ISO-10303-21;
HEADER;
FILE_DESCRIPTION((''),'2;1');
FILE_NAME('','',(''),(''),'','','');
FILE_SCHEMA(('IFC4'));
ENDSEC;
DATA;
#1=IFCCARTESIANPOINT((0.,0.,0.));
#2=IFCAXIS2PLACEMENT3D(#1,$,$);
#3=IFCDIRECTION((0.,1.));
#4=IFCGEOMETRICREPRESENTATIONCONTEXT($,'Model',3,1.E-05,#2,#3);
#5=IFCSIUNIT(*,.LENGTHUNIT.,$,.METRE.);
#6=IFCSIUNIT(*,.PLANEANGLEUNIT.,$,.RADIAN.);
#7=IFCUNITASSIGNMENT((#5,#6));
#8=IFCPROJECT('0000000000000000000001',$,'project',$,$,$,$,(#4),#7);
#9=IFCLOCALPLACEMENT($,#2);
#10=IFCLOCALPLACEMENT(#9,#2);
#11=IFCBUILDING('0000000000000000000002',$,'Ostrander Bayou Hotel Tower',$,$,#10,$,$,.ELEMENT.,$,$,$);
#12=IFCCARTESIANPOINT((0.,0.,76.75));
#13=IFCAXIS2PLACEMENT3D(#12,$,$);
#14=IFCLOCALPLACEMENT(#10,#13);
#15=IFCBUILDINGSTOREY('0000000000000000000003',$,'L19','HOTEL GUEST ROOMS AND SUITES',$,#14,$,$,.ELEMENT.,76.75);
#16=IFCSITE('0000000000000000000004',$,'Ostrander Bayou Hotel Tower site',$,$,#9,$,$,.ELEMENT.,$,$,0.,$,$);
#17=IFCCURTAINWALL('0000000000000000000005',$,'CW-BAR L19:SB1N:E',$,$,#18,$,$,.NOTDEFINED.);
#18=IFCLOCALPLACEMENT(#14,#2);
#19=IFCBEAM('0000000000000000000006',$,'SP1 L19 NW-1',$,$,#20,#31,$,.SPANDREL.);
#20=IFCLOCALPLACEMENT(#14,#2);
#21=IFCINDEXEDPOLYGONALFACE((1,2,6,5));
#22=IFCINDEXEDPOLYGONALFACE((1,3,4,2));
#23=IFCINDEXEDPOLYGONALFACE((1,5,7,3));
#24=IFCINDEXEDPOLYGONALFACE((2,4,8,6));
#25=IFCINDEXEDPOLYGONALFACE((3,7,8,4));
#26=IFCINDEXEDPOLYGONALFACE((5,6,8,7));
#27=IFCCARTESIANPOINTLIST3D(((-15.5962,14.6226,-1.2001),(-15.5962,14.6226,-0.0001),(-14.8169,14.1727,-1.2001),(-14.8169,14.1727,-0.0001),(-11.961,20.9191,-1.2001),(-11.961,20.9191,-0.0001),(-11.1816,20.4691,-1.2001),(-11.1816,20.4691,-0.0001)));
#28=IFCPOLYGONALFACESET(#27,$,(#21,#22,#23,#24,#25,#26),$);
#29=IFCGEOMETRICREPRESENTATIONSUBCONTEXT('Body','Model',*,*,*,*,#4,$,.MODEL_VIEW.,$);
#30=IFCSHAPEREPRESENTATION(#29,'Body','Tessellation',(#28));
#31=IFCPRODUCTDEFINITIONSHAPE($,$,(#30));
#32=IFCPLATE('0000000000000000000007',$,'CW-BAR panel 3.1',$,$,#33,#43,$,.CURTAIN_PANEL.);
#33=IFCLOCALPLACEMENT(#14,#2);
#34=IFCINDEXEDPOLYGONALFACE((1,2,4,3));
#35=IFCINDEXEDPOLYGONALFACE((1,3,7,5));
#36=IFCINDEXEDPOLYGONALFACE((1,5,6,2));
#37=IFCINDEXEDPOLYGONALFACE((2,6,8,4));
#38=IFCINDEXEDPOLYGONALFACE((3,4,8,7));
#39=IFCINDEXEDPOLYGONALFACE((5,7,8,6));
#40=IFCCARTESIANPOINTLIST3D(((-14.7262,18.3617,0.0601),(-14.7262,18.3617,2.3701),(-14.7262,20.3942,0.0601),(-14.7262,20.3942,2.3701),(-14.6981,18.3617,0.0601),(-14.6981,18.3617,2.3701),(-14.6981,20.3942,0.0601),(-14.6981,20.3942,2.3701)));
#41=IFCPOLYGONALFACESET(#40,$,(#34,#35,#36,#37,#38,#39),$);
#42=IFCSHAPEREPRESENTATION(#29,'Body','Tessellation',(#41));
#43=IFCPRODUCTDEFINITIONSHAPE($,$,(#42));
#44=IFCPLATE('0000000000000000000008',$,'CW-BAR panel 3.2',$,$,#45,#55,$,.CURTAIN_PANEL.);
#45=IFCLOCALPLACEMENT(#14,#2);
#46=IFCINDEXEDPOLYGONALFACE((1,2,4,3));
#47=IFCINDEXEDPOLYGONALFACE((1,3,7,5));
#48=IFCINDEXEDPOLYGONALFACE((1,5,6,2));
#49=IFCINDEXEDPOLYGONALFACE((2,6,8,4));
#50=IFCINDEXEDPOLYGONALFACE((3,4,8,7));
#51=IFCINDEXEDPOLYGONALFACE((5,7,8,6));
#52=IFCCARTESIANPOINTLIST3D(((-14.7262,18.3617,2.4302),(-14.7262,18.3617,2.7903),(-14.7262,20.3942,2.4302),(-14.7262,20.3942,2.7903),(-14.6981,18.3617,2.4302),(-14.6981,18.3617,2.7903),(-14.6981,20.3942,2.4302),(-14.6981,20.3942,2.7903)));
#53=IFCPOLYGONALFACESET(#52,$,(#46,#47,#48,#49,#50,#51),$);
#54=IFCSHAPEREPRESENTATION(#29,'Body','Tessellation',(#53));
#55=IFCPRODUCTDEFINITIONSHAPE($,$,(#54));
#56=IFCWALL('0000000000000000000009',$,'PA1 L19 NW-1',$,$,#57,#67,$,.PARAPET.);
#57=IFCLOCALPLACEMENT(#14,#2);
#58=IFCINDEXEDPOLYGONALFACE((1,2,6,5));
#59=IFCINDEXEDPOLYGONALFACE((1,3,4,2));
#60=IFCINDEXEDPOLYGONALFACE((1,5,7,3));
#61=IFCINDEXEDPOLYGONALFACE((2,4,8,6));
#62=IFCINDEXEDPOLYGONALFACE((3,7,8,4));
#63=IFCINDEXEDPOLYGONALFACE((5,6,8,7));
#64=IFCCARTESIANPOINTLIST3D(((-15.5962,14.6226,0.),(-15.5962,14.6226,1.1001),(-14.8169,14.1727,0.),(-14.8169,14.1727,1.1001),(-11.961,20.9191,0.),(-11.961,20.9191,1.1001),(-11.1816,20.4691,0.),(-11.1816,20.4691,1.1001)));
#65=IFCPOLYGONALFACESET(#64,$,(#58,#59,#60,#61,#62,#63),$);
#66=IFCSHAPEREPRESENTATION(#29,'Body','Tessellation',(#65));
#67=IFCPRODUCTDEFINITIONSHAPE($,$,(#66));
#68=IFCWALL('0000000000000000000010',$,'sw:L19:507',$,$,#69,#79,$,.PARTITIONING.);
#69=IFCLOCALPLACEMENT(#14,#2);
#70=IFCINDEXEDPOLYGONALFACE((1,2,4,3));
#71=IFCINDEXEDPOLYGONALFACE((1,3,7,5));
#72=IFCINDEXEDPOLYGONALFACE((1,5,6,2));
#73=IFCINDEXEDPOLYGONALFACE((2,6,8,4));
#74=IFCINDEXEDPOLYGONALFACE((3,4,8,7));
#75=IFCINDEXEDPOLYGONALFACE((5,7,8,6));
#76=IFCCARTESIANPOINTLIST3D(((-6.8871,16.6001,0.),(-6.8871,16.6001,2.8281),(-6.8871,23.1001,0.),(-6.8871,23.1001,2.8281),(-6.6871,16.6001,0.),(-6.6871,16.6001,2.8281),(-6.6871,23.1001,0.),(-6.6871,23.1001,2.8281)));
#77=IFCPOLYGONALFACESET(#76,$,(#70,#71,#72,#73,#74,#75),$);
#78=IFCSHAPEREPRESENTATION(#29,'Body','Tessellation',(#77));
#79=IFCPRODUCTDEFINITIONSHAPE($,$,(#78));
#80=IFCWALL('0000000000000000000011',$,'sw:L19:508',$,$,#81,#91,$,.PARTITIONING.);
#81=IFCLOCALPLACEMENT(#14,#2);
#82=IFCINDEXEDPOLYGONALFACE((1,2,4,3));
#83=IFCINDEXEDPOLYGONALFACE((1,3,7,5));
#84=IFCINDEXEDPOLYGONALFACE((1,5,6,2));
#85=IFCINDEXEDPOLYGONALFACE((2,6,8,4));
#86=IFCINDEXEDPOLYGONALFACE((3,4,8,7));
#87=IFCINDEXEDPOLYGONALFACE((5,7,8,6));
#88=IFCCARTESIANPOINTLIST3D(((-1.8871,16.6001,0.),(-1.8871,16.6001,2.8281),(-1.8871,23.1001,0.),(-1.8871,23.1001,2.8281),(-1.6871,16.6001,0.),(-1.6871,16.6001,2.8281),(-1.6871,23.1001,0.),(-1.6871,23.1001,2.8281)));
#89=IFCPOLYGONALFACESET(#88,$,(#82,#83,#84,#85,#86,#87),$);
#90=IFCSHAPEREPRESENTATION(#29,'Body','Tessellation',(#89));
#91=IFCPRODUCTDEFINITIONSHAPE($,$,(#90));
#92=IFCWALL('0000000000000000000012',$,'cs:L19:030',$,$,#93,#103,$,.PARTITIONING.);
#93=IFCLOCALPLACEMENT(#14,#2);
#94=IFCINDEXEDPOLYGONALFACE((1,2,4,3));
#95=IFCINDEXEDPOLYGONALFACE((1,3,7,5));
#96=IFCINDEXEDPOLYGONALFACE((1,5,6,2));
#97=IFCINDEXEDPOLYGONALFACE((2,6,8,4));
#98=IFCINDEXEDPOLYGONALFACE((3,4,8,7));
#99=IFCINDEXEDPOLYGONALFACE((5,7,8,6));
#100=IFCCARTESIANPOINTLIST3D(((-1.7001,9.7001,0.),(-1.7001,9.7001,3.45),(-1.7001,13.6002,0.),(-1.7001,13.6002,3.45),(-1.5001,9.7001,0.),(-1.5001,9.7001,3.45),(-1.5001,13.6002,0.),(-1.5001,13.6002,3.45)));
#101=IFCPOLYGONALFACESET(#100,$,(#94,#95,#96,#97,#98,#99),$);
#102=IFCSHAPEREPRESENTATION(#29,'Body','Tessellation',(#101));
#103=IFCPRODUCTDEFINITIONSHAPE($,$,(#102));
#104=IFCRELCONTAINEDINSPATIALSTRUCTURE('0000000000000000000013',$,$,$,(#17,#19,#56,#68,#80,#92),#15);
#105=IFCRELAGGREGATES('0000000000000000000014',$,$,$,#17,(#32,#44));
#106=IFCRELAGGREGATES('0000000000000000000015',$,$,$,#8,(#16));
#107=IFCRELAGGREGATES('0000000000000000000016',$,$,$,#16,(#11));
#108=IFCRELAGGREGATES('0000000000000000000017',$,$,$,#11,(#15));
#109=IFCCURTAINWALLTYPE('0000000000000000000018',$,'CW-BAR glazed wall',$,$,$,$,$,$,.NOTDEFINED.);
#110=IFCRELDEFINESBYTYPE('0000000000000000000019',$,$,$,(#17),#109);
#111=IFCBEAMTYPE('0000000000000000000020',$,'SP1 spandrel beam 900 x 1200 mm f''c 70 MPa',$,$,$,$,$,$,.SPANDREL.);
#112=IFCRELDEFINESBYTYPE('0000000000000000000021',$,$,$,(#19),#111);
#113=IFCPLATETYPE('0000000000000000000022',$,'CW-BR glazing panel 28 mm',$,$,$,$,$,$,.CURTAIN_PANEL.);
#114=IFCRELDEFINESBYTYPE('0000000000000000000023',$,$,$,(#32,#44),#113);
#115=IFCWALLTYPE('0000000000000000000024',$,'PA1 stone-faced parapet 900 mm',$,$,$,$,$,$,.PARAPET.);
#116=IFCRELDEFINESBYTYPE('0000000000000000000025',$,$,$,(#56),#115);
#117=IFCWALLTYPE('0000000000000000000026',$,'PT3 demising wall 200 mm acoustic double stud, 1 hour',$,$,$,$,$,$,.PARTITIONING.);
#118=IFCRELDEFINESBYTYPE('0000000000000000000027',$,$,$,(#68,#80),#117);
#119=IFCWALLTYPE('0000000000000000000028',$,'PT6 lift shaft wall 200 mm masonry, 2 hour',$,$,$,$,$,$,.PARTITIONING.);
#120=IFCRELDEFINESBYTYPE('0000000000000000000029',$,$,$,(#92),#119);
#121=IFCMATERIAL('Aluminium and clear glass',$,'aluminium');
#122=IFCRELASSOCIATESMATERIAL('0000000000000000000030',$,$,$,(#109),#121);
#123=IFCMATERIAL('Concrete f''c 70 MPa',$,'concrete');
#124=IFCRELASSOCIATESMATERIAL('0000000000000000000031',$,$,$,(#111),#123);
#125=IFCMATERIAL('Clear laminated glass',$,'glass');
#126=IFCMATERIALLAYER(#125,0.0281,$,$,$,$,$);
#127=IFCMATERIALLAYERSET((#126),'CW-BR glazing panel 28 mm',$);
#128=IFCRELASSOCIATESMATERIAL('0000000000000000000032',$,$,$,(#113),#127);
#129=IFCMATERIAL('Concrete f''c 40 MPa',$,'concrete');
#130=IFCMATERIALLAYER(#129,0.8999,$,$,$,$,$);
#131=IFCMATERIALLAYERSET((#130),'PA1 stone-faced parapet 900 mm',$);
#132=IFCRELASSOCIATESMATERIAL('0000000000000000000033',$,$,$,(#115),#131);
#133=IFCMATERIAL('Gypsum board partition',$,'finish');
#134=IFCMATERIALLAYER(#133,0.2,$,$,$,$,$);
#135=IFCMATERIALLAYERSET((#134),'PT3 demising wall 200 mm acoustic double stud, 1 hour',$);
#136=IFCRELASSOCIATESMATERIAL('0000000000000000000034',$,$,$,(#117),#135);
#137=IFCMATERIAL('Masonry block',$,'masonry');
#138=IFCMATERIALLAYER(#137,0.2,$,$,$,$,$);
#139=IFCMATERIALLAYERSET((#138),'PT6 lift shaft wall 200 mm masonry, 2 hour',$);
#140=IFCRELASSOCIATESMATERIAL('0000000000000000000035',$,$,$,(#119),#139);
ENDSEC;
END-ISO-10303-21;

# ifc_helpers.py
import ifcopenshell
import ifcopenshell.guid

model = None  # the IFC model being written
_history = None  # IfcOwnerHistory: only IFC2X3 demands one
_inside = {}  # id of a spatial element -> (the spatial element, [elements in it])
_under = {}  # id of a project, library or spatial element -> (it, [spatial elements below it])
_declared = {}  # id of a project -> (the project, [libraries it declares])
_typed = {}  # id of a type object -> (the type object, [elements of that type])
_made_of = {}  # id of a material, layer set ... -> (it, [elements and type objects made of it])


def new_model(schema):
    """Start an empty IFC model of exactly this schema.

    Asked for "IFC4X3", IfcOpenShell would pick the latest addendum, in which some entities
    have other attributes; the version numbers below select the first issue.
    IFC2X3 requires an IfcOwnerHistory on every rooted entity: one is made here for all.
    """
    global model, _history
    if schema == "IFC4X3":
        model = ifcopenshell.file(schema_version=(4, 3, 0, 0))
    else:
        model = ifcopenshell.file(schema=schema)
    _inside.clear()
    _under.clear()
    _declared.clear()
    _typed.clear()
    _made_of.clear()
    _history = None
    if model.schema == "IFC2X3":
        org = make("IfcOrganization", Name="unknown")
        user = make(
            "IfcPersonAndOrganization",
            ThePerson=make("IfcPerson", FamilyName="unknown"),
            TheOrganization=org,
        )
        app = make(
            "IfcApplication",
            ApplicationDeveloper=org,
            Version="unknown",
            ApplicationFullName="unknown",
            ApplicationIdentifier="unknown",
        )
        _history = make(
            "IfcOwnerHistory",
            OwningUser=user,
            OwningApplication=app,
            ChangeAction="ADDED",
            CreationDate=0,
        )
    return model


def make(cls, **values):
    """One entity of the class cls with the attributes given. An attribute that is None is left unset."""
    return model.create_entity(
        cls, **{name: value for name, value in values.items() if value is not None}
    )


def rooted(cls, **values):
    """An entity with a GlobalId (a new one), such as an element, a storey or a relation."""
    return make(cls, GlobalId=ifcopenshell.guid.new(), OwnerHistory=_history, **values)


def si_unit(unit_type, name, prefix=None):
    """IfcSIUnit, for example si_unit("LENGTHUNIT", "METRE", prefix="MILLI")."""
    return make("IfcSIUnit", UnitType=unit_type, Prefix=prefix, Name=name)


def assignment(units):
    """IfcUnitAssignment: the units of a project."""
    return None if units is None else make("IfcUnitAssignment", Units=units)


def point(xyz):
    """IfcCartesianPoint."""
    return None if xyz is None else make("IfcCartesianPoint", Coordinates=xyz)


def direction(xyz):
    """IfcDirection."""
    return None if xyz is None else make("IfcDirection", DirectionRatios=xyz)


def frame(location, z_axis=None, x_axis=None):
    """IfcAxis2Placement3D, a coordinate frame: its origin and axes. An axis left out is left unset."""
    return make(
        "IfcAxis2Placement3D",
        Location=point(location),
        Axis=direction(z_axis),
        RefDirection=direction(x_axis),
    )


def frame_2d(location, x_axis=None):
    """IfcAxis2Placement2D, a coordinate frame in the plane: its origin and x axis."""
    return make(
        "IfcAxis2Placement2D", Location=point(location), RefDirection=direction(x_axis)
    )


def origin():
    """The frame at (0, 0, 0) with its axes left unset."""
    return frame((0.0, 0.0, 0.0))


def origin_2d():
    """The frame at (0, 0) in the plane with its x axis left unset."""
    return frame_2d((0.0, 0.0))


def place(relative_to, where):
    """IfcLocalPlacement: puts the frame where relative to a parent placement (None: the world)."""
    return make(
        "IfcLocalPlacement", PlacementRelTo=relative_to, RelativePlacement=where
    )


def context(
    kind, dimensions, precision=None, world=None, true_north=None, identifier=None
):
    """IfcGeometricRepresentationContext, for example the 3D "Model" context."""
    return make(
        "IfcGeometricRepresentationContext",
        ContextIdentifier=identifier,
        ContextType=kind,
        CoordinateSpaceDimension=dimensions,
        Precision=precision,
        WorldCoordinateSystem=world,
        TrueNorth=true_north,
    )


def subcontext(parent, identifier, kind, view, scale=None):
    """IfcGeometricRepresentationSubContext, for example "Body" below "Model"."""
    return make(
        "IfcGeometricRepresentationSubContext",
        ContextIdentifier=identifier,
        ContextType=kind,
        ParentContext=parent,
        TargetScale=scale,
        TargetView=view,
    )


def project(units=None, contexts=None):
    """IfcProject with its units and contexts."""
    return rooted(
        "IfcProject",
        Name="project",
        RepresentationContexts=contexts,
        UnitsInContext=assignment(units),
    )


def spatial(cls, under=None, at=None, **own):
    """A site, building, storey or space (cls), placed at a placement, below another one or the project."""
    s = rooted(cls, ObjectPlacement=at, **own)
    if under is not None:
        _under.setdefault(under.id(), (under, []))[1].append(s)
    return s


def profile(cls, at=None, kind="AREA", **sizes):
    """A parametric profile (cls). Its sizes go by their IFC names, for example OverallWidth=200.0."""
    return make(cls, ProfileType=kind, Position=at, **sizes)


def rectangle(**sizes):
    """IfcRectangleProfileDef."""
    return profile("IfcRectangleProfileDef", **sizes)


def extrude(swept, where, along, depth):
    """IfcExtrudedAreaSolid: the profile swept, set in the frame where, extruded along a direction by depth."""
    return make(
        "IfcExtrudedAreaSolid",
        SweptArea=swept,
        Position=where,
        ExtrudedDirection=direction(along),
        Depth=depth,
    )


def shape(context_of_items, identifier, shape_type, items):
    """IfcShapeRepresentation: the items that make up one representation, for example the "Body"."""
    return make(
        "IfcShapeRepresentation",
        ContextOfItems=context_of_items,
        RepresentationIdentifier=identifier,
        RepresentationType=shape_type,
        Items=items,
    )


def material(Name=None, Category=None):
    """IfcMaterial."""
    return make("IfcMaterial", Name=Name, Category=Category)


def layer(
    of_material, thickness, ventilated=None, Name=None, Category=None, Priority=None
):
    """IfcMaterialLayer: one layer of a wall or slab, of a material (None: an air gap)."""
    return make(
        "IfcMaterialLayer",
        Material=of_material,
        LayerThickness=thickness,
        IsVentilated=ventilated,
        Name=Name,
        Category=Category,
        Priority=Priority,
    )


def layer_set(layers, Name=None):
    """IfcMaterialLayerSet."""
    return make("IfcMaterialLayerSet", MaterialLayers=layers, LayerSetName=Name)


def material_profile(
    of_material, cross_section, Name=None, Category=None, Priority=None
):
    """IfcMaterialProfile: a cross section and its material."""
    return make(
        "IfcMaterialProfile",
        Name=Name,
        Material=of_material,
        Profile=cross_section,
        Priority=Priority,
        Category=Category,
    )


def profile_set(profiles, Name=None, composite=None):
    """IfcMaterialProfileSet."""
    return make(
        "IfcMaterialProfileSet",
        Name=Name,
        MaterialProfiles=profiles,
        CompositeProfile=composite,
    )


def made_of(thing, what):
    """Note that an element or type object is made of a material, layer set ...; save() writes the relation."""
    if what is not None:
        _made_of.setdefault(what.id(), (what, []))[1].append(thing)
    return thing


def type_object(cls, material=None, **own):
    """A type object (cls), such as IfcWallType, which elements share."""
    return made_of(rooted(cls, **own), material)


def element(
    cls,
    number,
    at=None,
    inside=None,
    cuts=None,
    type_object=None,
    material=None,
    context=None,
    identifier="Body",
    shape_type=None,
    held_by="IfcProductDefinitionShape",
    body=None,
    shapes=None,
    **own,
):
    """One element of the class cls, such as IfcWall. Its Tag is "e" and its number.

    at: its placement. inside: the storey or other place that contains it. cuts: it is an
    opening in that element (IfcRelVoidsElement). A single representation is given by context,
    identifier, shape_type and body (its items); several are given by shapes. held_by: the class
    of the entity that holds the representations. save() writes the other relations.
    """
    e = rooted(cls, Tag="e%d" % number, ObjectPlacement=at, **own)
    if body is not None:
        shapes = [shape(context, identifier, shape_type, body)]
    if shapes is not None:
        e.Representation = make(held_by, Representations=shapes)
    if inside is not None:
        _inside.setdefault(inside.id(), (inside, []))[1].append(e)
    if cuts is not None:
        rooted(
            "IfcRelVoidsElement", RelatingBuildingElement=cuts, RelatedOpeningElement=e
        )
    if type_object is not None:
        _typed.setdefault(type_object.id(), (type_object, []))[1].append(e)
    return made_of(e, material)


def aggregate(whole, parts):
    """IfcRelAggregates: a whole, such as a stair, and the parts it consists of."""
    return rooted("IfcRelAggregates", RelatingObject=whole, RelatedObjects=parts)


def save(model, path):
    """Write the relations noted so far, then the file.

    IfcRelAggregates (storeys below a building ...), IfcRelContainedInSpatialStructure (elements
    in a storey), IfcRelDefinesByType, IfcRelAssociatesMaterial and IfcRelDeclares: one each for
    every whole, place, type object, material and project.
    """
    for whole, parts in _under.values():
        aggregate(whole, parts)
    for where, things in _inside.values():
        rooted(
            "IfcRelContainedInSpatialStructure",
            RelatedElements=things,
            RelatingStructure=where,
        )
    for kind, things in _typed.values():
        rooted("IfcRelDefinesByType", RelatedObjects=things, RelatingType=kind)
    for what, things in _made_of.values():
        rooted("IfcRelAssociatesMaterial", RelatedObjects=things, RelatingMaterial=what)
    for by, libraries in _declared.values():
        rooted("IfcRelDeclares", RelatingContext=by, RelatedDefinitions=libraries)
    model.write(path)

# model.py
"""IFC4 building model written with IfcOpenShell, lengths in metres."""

from ifc_helpers import new_model, si_unit, direction, frame, frame_2d, origin, origin_2d, place, context, subcontext, project, spatial, rectangle, extrude, material, layer, layer_set, material_profile, profile_set, type_object, element, aggregate, save


model = new_model("IFC4")

# Units and contexts
model_context = context("Model", 3, precision=1e-05, world=origin(), true_north=direction((0.0, 1.0)))
body_context = subcontext(model_context, "Body", "Model", "MODEL_VIEW")
ifc_project = project(units=[si_unit("LENGTHUNIT", "METRE"), si_unit("PLANEANGLEUNIT", "RADIAN")], contexts=[model_context])

# Site, building, storey
site_placement = place(None, origin())
site = spatial("IfcSite", under=ifc_project, at=site_placement, Name="Ostrander Bayou Hotel Tower site", CompositionType="ELEMENT", RefElevation=0.0)
building_placement = place(site_placement, origin())
building = spatial("IfcBuilding", under=site, at=building_placement, Name="Ostrander Bayou Hotel Tower", CompositionType="ELEMENT")
storey_placement = place(building_placement, frame((0.0, 0.0, 76.75)))
storey = spatial("IfcBuildingStorey", under=building, at=storey_placement, Name="L19", Description="HOTEL GUEST ROOMS AND SUITES", CompositionType="ELEMENT", Elevation=76.75)

# Curtain wall
ifc_material_1 = material(Name="Aluminium and clear glass", Category="aluminium")
curtain_wall_type = type_object("IfcCurtainWallType", Name="CW-BAR glazed wall", PredefinedType="NOTDEFINED", material=ifc_material_1)
curtain_wall_placement = place(storey_placement, origin())
curtain_wall = element("IfcCurtainWall", 1, at=curtain_wall_placement, inside=storey, type_object=curtain_wall_type, Name="CW-BAR L19:SB1N:E", PredefinedType="NOTDEFINED")

# Beam
ifc_material_2 = material(Name="Concrete f'c 70 MPa", Category="concrete")
ifc_material_profile_1 = material_profile(ifc_material_2, rectangle(XDim=0.8999, YDim=1.2, at=origin_2d()))
ifc_profile_set_1 = profile_set([ifc_material_profile_1], Name="Concrete f'c 70 MPa")
beam_type = type_object("IfcBeamType", Name="SP1 spandrel beam 900 x 1200 mm f'c 70 MPa", PredefinedType="SPANDREL", material=ifc_profile_set_1)
beam_placement = place(storey_placement, frame((-11.5713, 20.6941, -0.6001), z_axis=(-0.500003, -0.866023, 0.0), x_axis=(0.866023, -0.500003, 0.0)))
element("IfcBeam", 2, at=beam_placement, inside=storey, type_object=beam_type, Name="SP1 L19 NW-1", PredefinedType="SPANDREL", context=body_context, shape_type="SweptSolid", body=[
    extrude(rectangle(XDim=0.8999, YDim=1.2, at=origin_2d()), origin(), (0.0, 0.0, 1.0), 7.2705),
])

# Plates
ifc_material_3 = material(Name="Clear laminated glass", Category="glass")
ifc_layer_1 = layer(ifc_material_3, 0.0281)
ifc_layer_set_1 = layer_set([ifc_layer_1], Name="CW-BR glazing panel 28 mm")
plate_type = type_object("IfcPlateType", Name="CW-BR glazing panel 28 mm", PredefinedType="CURTAIN_PANEL", material=ifc_layer_set_1)
plate_1_placement = place(storey_placement, frame((-14.7122, 19.3779, 0.0601), z_axis=(0.0, 0.0, 1.0), x_axis=(0.0, 1.0, 0.0)))
plate_1 = element("IfcPlate", 3, at=plate_1_placement, type_object=plate_type, Name="CW-BAR panel 3.1", PredefinedType="CURTAIN_PANEL", context=body_context, shape_type="SweptSolid", body=[
    extrude(rectangle(XDim=2.0325, YDim=0.0281, at=origin_2d()), origin(), (0.0, 0.0, 1.0), 2.3101),
])
plate_2_placement = place(storey_placement, frame((-14.7122, 19.3779, 2.4302), z_axis=(0.0, 0.0, 1.0), x_axis=(0.0, 1.0, 0.0)))
plate_2 = element("IfcPlate", 4, at=plate_2_placement, type_object=plate_type, Name="CW-BAR panel 3.2", PredefinedType="CURTAIN_PANEL", context=body_context, shape_type="SweptSolid", body=[
    extrude(rectangle(XDim=2.0325, YDim=0.0281, at=origin_2d()), origin(), (0.0, 0.0, 1.0), 0.3601),
])
aggregate(curtain_wall, [plate_1, plate_2])

# Walls
ifc_material_4 = material(Name="Concrete f'c 40 MPa", Category="concrete")
ifc_layer_2 = layer(ifc_material_4, 0.8999)
ifc_layer_set_2 = layer_set([ifc_layer_2], Name="PA1 stone-faced parapet 900 mm")
wall_type_1 = type_object("IfcWallType", Name="PA1 stone-faced parapet 900 mm", PredefinedType="PARAPET", material=ifc_layer_set_2)
wall_1_placement = place(storey_placement, frame((-11.5713, 20.6941, 0.0), z_axis=(0.0, 0.0, 1.0), x_axis=(-0.500003, -0.866023, 0.0)))
element("IfcWall", 5, at=wall_1_placement, inside=storey, type_object=wall_type_1, Name="PA1 L19 NW-1", PredefinedType="PARAPET", context=body_context, shape_type="SweptSolid", body=[
    extrude(rectangle(XDim=7.2705, YDim=0.8999, at=frame_2d((3.6353, 0.0))), origin(), (0.0, 0.0, 1.0), 1.1001),
])
ifc_material_5 = material(Name="Gypsum board partition", Category="finish")
ifc_layer_3 = layer(ifc_material_5, 0.2)
ifc_layer_set_3 = layer_set([ifc_layer_3], Name="PT3 demising wall 200 mm acoustic double stud, 1 hour")
wall_type_2 = type_object("IfcWallType", Name="PT3 demising wall 200 mm acoustic double stud, 1 hour", PredefinedType="PARTITIONING", material=ifc_layer_set_3)
for number, where, z_axis, x_axis, name in (
    (6, (-6.7871, 16.6001, 0.0), (0.0, 0.0, 1.0), (0.0, 1.0, 0.0), "sw:L19:507"),
    (7, (-1.7871, 16.6001, 0.0), (0.0, 0.0, 1.0), (0.0, 1.0, 0.0), "sw:L19:508"),
):
    element("IfcWall", number, at=place(storey_placement, frame(where, z_axis=z_axis, x_axis=x_axis)), inside=storey, type_object=wall_type_2, Name=name, PredefinedType="PARTITIONING", context=body_context, shape_type="SweptSolid", body=[
        extrude(rectangle(XDim=6.5, YDim=0.2, at=frame_2d((3.25, 0.0))), origin(), (0.0, 0.0, 1.0), 2.8281),
    ])

# Wall
ifc_material_6 = material(Name="Masonry block", Category="masonry")
ifc_layer_4 = layer(ifc_material_6, 0.2)
ifc_layer_set_4 = layer_set([ifc_layer_4], Name="PT6 lift shaft wall 200 mm masonry, 2 hour")
wall_type_3 = type_object("IfcWallType", Name="PT6 lift shaft wall 200 mm masonry, 2 hour", PredefinedType="PARTITIONING", material=ifc_layer_set_4)
wall_2_placement = place(storey_placement, frame((-1.6001, 9.7, 0.0), z_axis=(0.0, 0.0, 1.0), x_axis=(0.0, 1.0, 0.0)))
element("IfcWall", 8, at=wall_2_placement, inside=storey, type_object=wall_type_3, Name="cs:L19:030", PredefinedType="PARTITIONING", context=body_context, shape_type="SweptSolid", body=[
    extrude(rectangle(XDim=3.9001, YDim=0.2, at=frame_2d((1.9502, 0.0))), origin(), (0.0, 0.0, 1.0), 3.45),
])

save(model, "model.ifc")
